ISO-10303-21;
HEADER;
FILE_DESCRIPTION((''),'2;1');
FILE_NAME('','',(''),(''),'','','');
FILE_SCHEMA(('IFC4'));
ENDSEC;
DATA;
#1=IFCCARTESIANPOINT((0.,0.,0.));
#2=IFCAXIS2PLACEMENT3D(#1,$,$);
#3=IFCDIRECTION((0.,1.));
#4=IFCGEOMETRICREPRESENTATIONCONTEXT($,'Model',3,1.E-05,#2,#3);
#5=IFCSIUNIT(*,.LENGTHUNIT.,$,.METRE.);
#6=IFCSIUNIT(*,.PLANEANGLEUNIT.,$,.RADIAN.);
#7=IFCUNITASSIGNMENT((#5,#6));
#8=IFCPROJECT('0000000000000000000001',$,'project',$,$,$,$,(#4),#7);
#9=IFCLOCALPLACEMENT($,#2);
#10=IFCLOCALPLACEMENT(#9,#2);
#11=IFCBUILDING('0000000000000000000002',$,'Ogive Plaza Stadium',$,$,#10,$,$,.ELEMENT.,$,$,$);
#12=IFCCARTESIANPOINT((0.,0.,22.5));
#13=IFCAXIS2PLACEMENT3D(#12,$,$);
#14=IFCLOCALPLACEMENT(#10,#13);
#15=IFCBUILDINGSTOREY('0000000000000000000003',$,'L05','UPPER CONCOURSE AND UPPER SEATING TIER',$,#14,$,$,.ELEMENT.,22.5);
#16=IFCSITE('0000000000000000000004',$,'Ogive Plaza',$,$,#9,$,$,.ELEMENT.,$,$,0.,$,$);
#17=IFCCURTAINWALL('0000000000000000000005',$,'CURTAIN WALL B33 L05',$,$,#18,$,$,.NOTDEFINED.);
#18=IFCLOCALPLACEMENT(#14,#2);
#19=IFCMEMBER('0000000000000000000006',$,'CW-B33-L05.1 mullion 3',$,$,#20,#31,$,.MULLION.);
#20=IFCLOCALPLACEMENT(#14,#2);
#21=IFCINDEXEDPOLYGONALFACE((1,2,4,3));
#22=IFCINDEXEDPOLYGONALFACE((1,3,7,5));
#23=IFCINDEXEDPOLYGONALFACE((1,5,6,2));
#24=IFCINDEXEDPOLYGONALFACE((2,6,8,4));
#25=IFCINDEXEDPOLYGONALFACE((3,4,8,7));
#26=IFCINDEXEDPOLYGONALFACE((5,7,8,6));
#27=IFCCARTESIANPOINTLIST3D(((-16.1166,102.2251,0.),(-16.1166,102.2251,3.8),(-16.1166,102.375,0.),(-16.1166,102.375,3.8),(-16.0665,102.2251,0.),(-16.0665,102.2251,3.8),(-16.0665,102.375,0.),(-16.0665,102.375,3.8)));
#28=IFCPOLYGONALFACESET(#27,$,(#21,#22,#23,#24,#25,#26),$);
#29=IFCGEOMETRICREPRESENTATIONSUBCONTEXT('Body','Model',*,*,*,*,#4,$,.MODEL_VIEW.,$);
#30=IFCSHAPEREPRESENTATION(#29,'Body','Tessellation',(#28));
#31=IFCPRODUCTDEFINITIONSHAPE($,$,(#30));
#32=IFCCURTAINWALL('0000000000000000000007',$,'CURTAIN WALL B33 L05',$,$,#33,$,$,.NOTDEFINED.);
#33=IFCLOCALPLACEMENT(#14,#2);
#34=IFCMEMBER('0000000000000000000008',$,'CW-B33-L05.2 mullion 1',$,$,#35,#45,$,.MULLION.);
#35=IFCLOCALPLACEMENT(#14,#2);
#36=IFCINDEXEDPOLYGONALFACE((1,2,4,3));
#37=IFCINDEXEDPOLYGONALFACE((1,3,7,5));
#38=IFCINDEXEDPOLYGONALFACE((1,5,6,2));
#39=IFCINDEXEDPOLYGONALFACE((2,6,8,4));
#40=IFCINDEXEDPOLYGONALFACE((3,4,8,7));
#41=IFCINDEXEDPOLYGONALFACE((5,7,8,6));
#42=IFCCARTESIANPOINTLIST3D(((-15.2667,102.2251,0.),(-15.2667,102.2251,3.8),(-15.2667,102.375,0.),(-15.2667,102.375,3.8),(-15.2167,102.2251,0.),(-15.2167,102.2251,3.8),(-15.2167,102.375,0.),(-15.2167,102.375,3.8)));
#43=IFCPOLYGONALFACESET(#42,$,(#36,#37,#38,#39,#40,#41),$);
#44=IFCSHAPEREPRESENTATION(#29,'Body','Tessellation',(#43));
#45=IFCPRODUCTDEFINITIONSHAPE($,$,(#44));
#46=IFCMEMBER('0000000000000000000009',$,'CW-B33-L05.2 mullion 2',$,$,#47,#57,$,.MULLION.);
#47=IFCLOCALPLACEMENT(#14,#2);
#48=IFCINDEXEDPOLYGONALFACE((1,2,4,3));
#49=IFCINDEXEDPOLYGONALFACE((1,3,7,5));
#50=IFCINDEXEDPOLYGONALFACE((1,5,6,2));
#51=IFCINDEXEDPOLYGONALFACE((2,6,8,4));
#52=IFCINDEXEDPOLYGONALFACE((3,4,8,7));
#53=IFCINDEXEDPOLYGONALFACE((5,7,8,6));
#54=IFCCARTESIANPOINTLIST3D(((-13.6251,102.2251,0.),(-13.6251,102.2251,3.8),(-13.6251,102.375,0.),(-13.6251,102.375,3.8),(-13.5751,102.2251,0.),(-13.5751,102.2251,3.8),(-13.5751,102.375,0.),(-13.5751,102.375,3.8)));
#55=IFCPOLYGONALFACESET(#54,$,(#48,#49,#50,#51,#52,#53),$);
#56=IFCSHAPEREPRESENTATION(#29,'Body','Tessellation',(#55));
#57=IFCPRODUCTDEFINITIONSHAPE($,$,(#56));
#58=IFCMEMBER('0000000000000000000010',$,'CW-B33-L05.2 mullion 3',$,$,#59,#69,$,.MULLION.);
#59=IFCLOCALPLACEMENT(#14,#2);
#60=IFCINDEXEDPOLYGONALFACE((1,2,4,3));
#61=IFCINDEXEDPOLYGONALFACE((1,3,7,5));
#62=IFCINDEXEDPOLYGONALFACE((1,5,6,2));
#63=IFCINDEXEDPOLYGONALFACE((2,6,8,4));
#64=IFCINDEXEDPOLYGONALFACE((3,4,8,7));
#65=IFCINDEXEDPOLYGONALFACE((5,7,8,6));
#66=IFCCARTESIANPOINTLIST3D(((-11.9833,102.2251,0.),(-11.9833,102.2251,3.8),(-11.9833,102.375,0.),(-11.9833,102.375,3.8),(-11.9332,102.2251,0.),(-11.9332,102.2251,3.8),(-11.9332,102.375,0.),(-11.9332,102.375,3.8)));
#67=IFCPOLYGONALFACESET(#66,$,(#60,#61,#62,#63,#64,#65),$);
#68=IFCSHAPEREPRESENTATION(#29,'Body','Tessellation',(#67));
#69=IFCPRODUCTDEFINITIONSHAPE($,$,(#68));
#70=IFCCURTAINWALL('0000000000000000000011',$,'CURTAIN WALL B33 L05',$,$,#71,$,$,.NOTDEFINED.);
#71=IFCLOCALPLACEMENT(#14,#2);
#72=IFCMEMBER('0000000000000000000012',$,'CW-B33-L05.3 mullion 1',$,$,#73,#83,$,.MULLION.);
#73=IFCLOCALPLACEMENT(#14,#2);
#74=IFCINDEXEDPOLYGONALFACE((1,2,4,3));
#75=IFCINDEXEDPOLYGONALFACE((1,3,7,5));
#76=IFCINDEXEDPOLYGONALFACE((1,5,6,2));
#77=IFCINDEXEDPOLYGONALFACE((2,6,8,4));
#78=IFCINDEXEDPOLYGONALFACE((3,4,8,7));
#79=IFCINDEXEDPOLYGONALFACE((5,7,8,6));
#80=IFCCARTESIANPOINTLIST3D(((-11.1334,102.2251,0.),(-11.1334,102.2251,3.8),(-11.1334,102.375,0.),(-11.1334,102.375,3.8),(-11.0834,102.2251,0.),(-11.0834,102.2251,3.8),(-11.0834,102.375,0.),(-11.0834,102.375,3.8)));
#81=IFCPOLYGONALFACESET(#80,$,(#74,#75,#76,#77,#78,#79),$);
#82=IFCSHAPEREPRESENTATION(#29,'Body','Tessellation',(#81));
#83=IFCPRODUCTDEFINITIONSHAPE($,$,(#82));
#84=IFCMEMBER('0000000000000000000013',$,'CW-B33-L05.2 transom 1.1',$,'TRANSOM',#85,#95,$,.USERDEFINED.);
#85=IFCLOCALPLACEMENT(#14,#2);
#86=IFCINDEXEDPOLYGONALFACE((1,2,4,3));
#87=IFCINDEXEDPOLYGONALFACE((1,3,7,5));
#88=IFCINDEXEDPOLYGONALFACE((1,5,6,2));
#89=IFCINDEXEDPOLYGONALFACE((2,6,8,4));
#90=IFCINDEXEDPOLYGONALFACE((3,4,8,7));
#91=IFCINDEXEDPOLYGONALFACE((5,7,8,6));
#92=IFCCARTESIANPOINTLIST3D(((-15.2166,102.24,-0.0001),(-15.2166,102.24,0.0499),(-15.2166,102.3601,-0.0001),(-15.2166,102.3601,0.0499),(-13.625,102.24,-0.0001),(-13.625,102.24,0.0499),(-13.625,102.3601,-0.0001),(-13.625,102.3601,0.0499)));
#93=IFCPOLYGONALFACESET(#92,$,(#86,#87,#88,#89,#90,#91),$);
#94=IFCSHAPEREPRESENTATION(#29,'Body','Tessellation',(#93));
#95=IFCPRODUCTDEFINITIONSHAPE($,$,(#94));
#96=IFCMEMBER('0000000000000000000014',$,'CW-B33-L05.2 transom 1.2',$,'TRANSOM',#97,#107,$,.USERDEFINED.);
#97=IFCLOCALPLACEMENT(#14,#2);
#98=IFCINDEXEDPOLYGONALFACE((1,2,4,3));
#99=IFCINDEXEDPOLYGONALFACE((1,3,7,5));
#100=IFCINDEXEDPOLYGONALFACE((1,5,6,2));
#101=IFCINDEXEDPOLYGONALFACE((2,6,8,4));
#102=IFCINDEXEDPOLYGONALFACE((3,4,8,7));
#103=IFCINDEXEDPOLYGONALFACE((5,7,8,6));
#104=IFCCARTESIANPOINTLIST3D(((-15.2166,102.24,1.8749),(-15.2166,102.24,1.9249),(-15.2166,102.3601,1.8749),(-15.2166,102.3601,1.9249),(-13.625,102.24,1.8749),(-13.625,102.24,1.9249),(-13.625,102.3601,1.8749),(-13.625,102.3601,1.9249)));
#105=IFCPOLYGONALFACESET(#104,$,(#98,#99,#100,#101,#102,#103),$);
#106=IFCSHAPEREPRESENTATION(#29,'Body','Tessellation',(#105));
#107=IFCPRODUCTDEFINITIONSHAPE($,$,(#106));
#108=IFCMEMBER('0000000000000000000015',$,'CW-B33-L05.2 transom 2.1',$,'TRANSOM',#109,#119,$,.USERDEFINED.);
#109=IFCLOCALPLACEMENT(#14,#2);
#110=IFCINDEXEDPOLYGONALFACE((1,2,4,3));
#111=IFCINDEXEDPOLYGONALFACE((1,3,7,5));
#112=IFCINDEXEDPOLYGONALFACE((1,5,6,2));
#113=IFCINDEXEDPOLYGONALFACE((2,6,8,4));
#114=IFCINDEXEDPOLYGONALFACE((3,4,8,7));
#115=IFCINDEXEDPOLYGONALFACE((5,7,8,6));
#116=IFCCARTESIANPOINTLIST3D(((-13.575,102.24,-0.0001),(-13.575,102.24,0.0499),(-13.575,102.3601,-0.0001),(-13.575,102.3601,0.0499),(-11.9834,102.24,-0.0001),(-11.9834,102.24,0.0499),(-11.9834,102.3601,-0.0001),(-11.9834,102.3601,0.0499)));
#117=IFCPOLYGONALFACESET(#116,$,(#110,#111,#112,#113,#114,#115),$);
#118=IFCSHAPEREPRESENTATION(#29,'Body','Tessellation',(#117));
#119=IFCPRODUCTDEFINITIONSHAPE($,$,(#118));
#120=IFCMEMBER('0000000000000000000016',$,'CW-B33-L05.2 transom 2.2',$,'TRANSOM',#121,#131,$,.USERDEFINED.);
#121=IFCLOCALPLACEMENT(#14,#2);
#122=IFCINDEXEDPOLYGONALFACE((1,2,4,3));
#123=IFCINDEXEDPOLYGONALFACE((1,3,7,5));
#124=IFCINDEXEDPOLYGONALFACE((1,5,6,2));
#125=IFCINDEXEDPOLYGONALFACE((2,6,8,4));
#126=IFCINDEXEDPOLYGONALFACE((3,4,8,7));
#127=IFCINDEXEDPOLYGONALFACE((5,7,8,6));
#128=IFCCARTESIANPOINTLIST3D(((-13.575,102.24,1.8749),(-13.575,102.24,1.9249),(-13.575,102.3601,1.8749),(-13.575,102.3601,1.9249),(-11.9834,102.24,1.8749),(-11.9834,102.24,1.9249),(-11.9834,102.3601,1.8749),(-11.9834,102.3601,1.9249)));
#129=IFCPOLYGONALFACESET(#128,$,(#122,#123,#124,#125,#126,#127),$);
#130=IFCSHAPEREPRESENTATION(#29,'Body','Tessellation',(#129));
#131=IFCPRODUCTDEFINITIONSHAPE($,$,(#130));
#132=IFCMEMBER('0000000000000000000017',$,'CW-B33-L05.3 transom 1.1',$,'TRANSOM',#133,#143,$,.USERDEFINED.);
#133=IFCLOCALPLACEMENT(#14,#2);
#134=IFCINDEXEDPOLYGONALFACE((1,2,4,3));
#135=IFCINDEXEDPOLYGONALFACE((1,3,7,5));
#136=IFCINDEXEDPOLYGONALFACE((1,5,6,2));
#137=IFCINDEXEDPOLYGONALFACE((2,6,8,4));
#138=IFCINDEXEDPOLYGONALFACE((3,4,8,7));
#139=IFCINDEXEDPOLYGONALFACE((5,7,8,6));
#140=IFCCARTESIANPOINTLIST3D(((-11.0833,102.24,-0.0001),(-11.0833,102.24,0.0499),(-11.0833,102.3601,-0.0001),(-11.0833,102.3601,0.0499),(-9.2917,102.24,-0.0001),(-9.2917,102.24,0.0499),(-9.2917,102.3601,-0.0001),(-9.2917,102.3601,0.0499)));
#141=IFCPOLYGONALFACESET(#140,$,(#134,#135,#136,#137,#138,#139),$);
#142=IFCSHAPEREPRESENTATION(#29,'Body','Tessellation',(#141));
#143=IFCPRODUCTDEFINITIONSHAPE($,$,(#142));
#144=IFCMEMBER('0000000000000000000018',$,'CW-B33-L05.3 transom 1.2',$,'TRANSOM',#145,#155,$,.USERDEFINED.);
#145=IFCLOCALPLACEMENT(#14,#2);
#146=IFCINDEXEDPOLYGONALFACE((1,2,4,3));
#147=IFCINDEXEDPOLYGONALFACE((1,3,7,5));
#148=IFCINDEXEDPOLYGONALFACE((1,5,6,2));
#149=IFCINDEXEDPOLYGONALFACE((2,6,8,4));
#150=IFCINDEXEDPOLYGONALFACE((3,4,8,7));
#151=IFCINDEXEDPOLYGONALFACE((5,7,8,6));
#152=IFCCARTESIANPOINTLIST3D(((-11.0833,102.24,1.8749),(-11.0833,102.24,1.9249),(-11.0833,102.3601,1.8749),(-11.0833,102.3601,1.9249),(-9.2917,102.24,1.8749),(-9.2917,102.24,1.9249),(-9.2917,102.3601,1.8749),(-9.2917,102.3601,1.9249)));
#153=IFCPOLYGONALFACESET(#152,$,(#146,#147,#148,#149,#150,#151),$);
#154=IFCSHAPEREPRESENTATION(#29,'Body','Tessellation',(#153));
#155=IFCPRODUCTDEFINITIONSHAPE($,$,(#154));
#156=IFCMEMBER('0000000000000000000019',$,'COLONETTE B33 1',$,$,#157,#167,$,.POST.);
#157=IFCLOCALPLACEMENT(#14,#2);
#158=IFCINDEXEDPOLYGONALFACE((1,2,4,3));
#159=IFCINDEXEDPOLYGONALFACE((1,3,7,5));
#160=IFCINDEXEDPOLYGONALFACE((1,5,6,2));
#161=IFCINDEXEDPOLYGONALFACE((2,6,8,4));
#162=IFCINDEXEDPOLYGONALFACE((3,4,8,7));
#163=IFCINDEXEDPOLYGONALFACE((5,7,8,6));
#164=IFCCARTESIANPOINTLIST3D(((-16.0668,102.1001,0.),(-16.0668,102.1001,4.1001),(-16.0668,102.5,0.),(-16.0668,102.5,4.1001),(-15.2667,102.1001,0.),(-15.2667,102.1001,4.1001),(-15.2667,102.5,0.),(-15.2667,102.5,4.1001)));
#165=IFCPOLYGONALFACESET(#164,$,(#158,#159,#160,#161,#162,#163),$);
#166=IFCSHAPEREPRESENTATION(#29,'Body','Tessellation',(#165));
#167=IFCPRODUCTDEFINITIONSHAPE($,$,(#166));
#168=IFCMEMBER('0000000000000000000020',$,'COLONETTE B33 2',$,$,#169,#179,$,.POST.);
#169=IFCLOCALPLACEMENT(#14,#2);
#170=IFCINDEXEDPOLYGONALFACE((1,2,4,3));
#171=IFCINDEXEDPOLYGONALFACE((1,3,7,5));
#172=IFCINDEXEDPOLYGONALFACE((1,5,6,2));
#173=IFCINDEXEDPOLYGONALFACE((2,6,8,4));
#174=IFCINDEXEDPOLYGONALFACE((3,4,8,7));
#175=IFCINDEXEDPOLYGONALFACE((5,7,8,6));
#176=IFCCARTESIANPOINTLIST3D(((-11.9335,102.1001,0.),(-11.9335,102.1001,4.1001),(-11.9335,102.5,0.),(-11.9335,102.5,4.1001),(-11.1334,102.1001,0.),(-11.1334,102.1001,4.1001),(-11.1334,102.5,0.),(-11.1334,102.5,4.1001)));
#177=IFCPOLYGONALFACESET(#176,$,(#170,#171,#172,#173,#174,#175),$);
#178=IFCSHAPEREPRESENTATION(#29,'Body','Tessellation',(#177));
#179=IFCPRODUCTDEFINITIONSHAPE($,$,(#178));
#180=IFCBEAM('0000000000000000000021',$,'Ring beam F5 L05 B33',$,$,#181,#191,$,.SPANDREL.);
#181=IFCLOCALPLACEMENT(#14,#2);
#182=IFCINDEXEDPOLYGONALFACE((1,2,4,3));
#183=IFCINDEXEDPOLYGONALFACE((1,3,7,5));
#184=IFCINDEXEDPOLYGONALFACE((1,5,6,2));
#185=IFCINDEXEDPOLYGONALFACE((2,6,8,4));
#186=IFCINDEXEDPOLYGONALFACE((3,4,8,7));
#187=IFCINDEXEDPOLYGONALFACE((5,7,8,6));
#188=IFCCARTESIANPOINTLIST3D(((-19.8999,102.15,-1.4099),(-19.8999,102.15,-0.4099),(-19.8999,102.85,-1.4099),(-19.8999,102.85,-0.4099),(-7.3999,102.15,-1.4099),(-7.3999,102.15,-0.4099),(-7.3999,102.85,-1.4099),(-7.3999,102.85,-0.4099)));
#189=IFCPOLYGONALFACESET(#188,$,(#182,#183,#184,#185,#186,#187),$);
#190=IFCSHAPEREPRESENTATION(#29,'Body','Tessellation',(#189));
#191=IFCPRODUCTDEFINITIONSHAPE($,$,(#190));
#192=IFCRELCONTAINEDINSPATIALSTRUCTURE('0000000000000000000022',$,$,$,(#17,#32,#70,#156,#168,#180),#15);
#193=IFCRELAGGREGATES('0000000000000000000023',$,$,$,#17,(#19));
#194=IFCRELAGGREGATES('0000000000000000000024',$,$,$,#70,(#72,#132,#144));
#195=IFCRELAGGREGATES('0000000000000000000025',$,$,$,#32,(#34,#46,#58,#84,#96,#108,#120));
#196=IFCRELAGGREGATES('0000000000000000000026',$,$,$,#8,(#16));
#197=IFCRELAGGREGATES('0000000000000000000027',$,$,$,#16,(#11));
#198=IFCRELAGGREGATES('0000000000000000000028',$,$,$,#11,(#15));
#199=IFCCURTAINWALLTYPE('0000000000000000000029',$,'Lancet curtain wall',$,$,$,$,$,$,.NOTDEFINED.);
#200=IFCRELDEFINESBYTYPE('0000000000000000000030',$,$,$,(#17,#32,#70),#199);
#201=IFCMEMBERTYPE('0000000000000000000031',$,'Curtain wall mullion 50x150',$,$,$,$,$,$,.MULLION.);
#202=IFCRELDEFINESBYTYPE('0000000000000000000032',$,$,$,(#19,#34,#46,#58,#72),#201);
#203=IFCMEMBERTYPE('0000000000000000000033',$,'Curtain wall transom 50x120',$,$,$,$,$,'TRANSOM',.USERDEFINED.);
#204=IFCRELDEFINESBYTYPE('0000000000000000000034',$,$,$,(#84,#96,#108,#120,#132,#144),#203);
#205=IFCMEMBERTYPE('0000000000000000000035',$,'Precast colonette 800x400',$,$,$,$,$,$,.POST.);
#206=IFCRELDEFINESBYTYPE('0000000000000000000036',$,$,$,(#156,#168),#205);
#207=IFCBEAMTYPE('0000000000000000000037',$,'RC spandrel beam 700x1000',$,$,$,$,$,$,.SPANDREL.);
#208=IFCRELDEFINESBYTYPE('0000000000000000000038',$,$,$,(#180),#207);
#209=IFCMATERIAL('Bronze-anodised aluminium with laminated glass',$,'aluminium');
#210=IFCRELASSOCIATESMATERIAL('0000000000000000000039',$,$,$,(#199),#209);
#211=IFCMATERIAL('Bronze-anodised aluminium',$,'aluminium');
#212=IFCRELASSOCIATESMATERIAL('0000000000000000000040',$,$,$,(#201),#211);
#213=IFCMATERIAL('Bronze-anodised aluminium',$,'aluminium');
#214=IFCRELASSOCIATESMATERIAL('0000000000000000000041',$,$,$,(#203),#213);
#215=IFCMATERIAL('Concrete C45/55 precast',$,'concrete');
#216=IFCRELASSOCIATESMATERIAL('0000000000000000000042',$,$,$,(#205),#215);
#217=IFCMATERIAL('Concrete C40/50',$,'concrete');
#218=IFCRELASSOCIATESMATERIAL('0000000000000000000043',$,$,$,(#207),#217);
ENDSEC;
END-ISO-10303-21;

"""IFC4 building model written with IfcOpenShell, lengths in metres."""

from ifc_helpers import new_model, si_unit, direction, frame, origin, origin_2d, place, context, subcontext, project, spatial, rectangle, extrude, material, material_profile, profile_set, type_object, element, aggregate, save


model = new_model("IFC4")

# Units and contexts
model_context = context("Model", 3, precision=1e-05, world=origin(), true_north=direction((0.0, 1.0)))
body_context = subcontext(model_context, "Body", "Model", "MODEL_VIEW")
ifc_project = project(units=[si_unit("LENGTHUNIT", "METRE"), si_unit("PLANEANGLEUNIT", "RADIAN")], contexts=[model_context])

# Site, building, storey
site_placement = place(None, origin())
site = spatial("IfcSite", under=ifc_project, at=site_placement, Name="Ogive Plaza", CompositionType="ELEMENT", RefElevation=0.0)
building_placement = place(site_placement, origin())
building = spatial("IfcBuilding", under=site, at=building_placement, Name="Ogive Plaza Stadium", CompositionType="ELEMENT")
storey_placement = place(building_placement, frame((0.0, 0.0, 22.5)))
storey = spatial("IfcBuildingStorey", under=building, at=storey_placement, Name="L05", Description="UPPER CONCOURSE AND UPPER SEATING TIER", CompositionType="ELEMENT", Elevation=22.5)

# Curtain wall, member
ifc_material_1 = material(Name="Bronze-anodised aluminium with laminated glass", Category="aluminium")
curtain_wall_type = type_object("IfcCurtainWallType", Name="Lancet curtain wall", PredefinedType="NOTDEFINED", material=ifc_material_1)
curtain_wall_1_placement = place(storey_placement, origin())
curtain_wall_1 = element("IfcCurtainWall", 1, at=curtain_wall_1_placement, inside=storey, type_object=curtain_wall_type, Name="CURTAIN WALL B33 L05", PredefinedType="NOTDEFINED")
ifc_material_2 = material(Name="Bronze-anodised aluminium", Category="aluminium")
ifc_material_profile_1 = material_profile(ifc_material_2, rectangle(XDim=0.1499, YDim=0.05, at=origin_2d()), Name="AL 150x50")
ifc_profile_set_1 = profile_set([ifc_material_profile_1], Name="Bronze-anodised aluminium")
member_type_1 = type_object("IfcMemberType", Name="Curtain wall mullion 50x150", PredefinedType="MULLION", material=ifc_profile_set_1)
member_1_placement = place(storey_placement, frame((-16.0916, 102.3, 0.0), z_axis=(0.0, 0.0, 1.0), x_axis=(0.0, 1.0, 0.0)))
member_1 = element("IfcMember", 2, at=member_1_placement, type_object=member_type_1, Name="CW-B33-L05.1 mullion 3", PredefinedType="MULLION", context=body_context, shape_type="SweptSolid", body=[
    extrude(rectangle(XDim=0.1499, YDim=0.05, at=origin_2d()), origin(), (0.0, 0.0, 1.0), 3.8),
])
aggregate(curtain_wall_1, [member_1])

# Curtain wall, members
curtain_wall_2_placement = place(storey_placement, origin())
curtain_wall_2 = element("IfcCurtainWall", 3, at=curtain_wall_2_placement, inside=storey, type_object=curtain_wall_type, Name="CURTAIN WALL B33 L05", PredefinedType="NOTDEFINED")
member_2_placement = place(storey_placement, frame((-15.2417, 102.3, 0.0), z_axis=(0.0, 0.0, 1.0), x_axis=(0.0, 1.0, 0.0)))
member_2 = element("IfcMember", 4, at=member_2_placement, type_object=member_type_1, Name="CW-B33-L05.2 mullion 1", PredefinedType="MULLION", context=body_context, shape_type="SweptSolid", body=[
    extrude(rectangle(XDim=0.1499, YDim=0.05, at=origin_2d()), origin(), (0.0, 0.0, 1.0), 3.8),
])
member_3_placement = place(storey_placement, frame((-13.6001, 102.3, 0.0), z_axis=(0.0, 0.0, 1.0), x_axis=(0.0, 1.0, 0.0)))
member_3 = element("IfcMember", 5, at=member_3_placement, type_object=member_type_1, Name="CW-B33-L05.2 mullion 2", PredefinedType="MULLION", context=body_context, shape_type="SweptSolid", body=[
    extrude(rectangle(XDim=0.1499, YDim=0.05, at=origin_2d()), origin(), (0.0, 0.0, 1.0), 3.8),
])
member_4_placement = place(storey_placement, frame((-11.9583, 102.3, 0.0), z_axis=(0.0, 0.0, 1.0), x_axis=(0.0, 1.0, 0.0)))
member_4 = element("IfcMember", 6, at=member_4_placement, type_object=member_type_1, Name="CW-B33-L05.2 mullion 3", PredefinedType="MULLION", context=body_context, shape_type="SweptSolid", body=[
    extrude(rectangle(XDim=0.1499, YDim=0.05, at=origin_2d()), origin(), (0.0, 0.0, 1.0), 3.8),
])

# Curtain wall, member
curtain_wall_3_placement = place(storey_placement, origin())
curtain_wall_3 = element("IfcCurtainWall", 7, at=curtain_wall_3_placement, inside=storey, type_object=curtain_wall_type, Name="CURTAIN WALL B33 L05", PredefinedType="NOTDEFINED")
member_5_placement = place(storey_placement, frame((-11.1084, 102.3, 0.0), z_axis=(0.0, 0.0, 1.0), x_axis=(0.0, 1.0, 0.0)))
member_5 = element("IfcMember", 8, at=member_5_placement, type_object=member_type_1, Name="CW-B33-L05.3 mullion 1", PredefinedType="MULLION", context=body_context, shape_type="SweptSolid", body=[
    extrude(rectangle(XDim=0.1499, YDim=0.05, at=origin_2d()), origin(), (0.0, 0.0, 1.0), 3.8),
])

# Members
ifc_material_3 = material(Name="Bronze-anodised aluminium", Category="aluminium")
ifc_material_profile_2 = material_profile(ifc_material_3, rectangle(XDim=0.1201, YDim=0.05, at=origin_2d()), Name="AL 120x50")
ifc_profile_set_2 = profile_set([ifc_material_profile_2], Name="Bronze-anodised aluminium")
member_type_2 = type_object("IfcMemberType", Name="Curtain wall transom 50x120", ElementType="TRANSOM", PredefinedType="USERDEFINED", material=ifc_profile_set_2)
member_6_placement = place(storey_placement, frame((-15.2166, 102.3, 0.0249), z_axis=(1.0, 0.0, 0.0), x_axis=(0.0, 1.0, 0.0)))
member_6 = element("IfcMember", 9, at=member_6_placement, type_object=member_type_2, Name="CW-B33-L05.2 transom 1.1", ObjectType="TRANSOM", PredefinedType="USERDEFINED", context=body_context, shape_type="SweptSolid", body=[
    extrude(rectangle(XDim=0.1201, YDim=0.05, at=origin_2d()), origin(), (0.0, 0.0, 1.0), 1.5916),
])
member_7_placement = place(storey_placement, frame((-15.2166, 102.3, 1.8999), z_axis=(1.0, 0.0, 0.0), x_axis=(0.0, 1.0, 0.0)))
member_7 = element("IfcMember", 10, at=member_7_placement, type_object=member_type_2, Name="CW-B33-L05.2 transom 1.2", ObjectType="TRANSOM", PredefinedType="USERDEFINED", context=body_context, shape_type="SweptSolid", body=[
    extrude(rectangle(XDim=0.1201, YDim=0.05, at=origin_2d()), origin(), (0.0, 0.0, 1.0), 1.5916),
])
member_8_placement = place(storey_placement, frame((-13.575, 102.3, 0.0249), z_axis=(1.0, 0.0, 0.0), x_axis=(0.0, 1.0, 0.0)))
member_8 = element("IfcMember", 11, at=member_8_placement, type_object=member_type_2, Name="CW-B33-L05.2 transom 2.1", ObjectType="TRANSOM", PredefinedType="USERDEFINED", context=body_context, shape_type="SweptSolid", body=[
    extrude(rectangle(XDim=0.1201, YDim=0.05, at=origin_2d()), origin(), (0.0, 0.0, 1.0), 1.5916),
])
member_9_placement = place(storey_placement, frame((-13.575, 102.3, 1.8999), z_axis=(1.0, 0.0, 0.0), x_axis=(0.0, 1.0, 0.0)))
member_9 = element("IfcMember", 12, at=member_9_placement, type_object=member_type_2, Name="CW-B33-L05.2 transom 2.2", ObjectType="TRANSOM", PredefinedType="USERDEFINED", context=body_context, shape_type="SweptSolid", body=[
    extrude(rectangle(XDim=0.1201, YDim=0.05, at=origin_2d()), origin(), (0.0, 0.0, 1.0), 1.5916),
])
member_10_placement = place(storey_placement, frame((-11.0833, 102.3, 0.0249), z_axis=(1.0, 0.0, 0.0), x_axis=(0.0, 1.0, 0.0)))
member_10 = element("IfcMember", 13, at=member_10_placement, type_object=member_type_2, Name="CW-B33-L05.3 transom 1.1", ObjectType="TRANSOM", PredefinedType="USERDEFINED", context=body_context, shape_type="SweptSolid", body=[
    extrude(rectangle(XDim=0.1201, YDim=0.05, at=origin_2d()), origin(), (0.0, 0.0, 1.0), 1.7915),
])
member_11_placement = place(storey_placement, frame((-11.0833, 102.3, 1.8999), z_axis=(1.0, 0.0, 0.0), x_axis=(0.0, 1.0, 0.0)))
member_11 = element("IfcMember", 14, at=member_11_placement, type_object=member_type_2, Name="CW-B33-L05.3 transom 1.2", ObjectType="TRANSOM", PredefinedType="USERDEFINED", context=body_context, shape_type="SweptSolid", body=[
    extrude(rectangle(XDim=0.1201, YDim=0.05, at=origin_2d()), origin(), (0.0, 0.0, 1.0), 1.7915),
])
aggregate(curtain_wall_3, [member_5, member_10, member_11])

# Members
ifc_material_4 = material(Name="Concrete C45/55 precast", Category="concrete")
ifc_material_profile_3 = material_profile(ifc_material_4, rectangle(XDim=0.3999, YDim=0.8, at=origin_2d()), Name="RC 400x800")
ifc_profile_set_3 = profile_set([ifc_material_profile_3], Name="Concrete C45/55 precast")
member_type_3 = type_object("IfcMemberType", Name="Precast colonette 800x400", PredefinedType="POST", material=ifc_profile_set_3)
for number, where, z_axis, x_axis, name in (
    (15, (-15.6667, 102.3, 0.0), (0.0, 0.0, 1.0), (0.0, 1.0, 0.0), "COLONETTE B33 1"),
    (16, (-11.5334, 102.3, 0.0), (0.0, 0.0, 1.0), (0.0, 1.0, 0.0), "COLONETTE B33 2"),
):
    element("IfcMember", number, at=place(storey_placement, frame(where, z_axis=z_axis, x_axis=x_axis)), inside=storey, type_object=member_type_3, Name=name, PredefinedType="POST", context=body_context, shape_type="SweptSolid", body=[
        extrude(rectangle(XDim=0.3999, YDim=0.8, at=origin_2d()), origin(), (0.0, 0.0, 1.0), 4.1001),
    ])

# Beam
ifc_material_5 = material(Name="Concrete C40/50", Category="concrete")
ifc_material_profile_4 = material_profile(ifc_material_5, rectangle(XDim=0.7, YDim=1.0, at=origin_2d()), Name="RC 700x1000")
ifc_profile_set_4 = profile_set([ifc_material_profile_4], Name="Concrete C40/50")
beam_type = type_object("IfcBeamType", Name="RC spandrel beam 700x1000", PredefinedType="SPANDREL", material=ifc_profile_set_4)
beam_placement = place(storey_placement, frame((-19.8999, 102.5, -0.9099), z_axis=(1.0, 0.0, 0.0), x_axis=(0.0, 1.0, 0.0)))
element("IfcBeam", 17, at=beam_placement, inside=storey, type_object=beam_type, Name="Ring beam F5 L05 B33", PredefinedType="SPANDREL", context=body_context, shape_type="SweptSolid", body=[
    extrude(rectangle(XDim=0.7, YDim=1.0, at=origin_2d()), origin(), (0.0, 0.0, 1.0), 12.5),
])

aggregate(curtain_wall_2, [member_2, member_3, member_4, member_6, member_7, member_8, member_9])

save(model, "model.ifc")
